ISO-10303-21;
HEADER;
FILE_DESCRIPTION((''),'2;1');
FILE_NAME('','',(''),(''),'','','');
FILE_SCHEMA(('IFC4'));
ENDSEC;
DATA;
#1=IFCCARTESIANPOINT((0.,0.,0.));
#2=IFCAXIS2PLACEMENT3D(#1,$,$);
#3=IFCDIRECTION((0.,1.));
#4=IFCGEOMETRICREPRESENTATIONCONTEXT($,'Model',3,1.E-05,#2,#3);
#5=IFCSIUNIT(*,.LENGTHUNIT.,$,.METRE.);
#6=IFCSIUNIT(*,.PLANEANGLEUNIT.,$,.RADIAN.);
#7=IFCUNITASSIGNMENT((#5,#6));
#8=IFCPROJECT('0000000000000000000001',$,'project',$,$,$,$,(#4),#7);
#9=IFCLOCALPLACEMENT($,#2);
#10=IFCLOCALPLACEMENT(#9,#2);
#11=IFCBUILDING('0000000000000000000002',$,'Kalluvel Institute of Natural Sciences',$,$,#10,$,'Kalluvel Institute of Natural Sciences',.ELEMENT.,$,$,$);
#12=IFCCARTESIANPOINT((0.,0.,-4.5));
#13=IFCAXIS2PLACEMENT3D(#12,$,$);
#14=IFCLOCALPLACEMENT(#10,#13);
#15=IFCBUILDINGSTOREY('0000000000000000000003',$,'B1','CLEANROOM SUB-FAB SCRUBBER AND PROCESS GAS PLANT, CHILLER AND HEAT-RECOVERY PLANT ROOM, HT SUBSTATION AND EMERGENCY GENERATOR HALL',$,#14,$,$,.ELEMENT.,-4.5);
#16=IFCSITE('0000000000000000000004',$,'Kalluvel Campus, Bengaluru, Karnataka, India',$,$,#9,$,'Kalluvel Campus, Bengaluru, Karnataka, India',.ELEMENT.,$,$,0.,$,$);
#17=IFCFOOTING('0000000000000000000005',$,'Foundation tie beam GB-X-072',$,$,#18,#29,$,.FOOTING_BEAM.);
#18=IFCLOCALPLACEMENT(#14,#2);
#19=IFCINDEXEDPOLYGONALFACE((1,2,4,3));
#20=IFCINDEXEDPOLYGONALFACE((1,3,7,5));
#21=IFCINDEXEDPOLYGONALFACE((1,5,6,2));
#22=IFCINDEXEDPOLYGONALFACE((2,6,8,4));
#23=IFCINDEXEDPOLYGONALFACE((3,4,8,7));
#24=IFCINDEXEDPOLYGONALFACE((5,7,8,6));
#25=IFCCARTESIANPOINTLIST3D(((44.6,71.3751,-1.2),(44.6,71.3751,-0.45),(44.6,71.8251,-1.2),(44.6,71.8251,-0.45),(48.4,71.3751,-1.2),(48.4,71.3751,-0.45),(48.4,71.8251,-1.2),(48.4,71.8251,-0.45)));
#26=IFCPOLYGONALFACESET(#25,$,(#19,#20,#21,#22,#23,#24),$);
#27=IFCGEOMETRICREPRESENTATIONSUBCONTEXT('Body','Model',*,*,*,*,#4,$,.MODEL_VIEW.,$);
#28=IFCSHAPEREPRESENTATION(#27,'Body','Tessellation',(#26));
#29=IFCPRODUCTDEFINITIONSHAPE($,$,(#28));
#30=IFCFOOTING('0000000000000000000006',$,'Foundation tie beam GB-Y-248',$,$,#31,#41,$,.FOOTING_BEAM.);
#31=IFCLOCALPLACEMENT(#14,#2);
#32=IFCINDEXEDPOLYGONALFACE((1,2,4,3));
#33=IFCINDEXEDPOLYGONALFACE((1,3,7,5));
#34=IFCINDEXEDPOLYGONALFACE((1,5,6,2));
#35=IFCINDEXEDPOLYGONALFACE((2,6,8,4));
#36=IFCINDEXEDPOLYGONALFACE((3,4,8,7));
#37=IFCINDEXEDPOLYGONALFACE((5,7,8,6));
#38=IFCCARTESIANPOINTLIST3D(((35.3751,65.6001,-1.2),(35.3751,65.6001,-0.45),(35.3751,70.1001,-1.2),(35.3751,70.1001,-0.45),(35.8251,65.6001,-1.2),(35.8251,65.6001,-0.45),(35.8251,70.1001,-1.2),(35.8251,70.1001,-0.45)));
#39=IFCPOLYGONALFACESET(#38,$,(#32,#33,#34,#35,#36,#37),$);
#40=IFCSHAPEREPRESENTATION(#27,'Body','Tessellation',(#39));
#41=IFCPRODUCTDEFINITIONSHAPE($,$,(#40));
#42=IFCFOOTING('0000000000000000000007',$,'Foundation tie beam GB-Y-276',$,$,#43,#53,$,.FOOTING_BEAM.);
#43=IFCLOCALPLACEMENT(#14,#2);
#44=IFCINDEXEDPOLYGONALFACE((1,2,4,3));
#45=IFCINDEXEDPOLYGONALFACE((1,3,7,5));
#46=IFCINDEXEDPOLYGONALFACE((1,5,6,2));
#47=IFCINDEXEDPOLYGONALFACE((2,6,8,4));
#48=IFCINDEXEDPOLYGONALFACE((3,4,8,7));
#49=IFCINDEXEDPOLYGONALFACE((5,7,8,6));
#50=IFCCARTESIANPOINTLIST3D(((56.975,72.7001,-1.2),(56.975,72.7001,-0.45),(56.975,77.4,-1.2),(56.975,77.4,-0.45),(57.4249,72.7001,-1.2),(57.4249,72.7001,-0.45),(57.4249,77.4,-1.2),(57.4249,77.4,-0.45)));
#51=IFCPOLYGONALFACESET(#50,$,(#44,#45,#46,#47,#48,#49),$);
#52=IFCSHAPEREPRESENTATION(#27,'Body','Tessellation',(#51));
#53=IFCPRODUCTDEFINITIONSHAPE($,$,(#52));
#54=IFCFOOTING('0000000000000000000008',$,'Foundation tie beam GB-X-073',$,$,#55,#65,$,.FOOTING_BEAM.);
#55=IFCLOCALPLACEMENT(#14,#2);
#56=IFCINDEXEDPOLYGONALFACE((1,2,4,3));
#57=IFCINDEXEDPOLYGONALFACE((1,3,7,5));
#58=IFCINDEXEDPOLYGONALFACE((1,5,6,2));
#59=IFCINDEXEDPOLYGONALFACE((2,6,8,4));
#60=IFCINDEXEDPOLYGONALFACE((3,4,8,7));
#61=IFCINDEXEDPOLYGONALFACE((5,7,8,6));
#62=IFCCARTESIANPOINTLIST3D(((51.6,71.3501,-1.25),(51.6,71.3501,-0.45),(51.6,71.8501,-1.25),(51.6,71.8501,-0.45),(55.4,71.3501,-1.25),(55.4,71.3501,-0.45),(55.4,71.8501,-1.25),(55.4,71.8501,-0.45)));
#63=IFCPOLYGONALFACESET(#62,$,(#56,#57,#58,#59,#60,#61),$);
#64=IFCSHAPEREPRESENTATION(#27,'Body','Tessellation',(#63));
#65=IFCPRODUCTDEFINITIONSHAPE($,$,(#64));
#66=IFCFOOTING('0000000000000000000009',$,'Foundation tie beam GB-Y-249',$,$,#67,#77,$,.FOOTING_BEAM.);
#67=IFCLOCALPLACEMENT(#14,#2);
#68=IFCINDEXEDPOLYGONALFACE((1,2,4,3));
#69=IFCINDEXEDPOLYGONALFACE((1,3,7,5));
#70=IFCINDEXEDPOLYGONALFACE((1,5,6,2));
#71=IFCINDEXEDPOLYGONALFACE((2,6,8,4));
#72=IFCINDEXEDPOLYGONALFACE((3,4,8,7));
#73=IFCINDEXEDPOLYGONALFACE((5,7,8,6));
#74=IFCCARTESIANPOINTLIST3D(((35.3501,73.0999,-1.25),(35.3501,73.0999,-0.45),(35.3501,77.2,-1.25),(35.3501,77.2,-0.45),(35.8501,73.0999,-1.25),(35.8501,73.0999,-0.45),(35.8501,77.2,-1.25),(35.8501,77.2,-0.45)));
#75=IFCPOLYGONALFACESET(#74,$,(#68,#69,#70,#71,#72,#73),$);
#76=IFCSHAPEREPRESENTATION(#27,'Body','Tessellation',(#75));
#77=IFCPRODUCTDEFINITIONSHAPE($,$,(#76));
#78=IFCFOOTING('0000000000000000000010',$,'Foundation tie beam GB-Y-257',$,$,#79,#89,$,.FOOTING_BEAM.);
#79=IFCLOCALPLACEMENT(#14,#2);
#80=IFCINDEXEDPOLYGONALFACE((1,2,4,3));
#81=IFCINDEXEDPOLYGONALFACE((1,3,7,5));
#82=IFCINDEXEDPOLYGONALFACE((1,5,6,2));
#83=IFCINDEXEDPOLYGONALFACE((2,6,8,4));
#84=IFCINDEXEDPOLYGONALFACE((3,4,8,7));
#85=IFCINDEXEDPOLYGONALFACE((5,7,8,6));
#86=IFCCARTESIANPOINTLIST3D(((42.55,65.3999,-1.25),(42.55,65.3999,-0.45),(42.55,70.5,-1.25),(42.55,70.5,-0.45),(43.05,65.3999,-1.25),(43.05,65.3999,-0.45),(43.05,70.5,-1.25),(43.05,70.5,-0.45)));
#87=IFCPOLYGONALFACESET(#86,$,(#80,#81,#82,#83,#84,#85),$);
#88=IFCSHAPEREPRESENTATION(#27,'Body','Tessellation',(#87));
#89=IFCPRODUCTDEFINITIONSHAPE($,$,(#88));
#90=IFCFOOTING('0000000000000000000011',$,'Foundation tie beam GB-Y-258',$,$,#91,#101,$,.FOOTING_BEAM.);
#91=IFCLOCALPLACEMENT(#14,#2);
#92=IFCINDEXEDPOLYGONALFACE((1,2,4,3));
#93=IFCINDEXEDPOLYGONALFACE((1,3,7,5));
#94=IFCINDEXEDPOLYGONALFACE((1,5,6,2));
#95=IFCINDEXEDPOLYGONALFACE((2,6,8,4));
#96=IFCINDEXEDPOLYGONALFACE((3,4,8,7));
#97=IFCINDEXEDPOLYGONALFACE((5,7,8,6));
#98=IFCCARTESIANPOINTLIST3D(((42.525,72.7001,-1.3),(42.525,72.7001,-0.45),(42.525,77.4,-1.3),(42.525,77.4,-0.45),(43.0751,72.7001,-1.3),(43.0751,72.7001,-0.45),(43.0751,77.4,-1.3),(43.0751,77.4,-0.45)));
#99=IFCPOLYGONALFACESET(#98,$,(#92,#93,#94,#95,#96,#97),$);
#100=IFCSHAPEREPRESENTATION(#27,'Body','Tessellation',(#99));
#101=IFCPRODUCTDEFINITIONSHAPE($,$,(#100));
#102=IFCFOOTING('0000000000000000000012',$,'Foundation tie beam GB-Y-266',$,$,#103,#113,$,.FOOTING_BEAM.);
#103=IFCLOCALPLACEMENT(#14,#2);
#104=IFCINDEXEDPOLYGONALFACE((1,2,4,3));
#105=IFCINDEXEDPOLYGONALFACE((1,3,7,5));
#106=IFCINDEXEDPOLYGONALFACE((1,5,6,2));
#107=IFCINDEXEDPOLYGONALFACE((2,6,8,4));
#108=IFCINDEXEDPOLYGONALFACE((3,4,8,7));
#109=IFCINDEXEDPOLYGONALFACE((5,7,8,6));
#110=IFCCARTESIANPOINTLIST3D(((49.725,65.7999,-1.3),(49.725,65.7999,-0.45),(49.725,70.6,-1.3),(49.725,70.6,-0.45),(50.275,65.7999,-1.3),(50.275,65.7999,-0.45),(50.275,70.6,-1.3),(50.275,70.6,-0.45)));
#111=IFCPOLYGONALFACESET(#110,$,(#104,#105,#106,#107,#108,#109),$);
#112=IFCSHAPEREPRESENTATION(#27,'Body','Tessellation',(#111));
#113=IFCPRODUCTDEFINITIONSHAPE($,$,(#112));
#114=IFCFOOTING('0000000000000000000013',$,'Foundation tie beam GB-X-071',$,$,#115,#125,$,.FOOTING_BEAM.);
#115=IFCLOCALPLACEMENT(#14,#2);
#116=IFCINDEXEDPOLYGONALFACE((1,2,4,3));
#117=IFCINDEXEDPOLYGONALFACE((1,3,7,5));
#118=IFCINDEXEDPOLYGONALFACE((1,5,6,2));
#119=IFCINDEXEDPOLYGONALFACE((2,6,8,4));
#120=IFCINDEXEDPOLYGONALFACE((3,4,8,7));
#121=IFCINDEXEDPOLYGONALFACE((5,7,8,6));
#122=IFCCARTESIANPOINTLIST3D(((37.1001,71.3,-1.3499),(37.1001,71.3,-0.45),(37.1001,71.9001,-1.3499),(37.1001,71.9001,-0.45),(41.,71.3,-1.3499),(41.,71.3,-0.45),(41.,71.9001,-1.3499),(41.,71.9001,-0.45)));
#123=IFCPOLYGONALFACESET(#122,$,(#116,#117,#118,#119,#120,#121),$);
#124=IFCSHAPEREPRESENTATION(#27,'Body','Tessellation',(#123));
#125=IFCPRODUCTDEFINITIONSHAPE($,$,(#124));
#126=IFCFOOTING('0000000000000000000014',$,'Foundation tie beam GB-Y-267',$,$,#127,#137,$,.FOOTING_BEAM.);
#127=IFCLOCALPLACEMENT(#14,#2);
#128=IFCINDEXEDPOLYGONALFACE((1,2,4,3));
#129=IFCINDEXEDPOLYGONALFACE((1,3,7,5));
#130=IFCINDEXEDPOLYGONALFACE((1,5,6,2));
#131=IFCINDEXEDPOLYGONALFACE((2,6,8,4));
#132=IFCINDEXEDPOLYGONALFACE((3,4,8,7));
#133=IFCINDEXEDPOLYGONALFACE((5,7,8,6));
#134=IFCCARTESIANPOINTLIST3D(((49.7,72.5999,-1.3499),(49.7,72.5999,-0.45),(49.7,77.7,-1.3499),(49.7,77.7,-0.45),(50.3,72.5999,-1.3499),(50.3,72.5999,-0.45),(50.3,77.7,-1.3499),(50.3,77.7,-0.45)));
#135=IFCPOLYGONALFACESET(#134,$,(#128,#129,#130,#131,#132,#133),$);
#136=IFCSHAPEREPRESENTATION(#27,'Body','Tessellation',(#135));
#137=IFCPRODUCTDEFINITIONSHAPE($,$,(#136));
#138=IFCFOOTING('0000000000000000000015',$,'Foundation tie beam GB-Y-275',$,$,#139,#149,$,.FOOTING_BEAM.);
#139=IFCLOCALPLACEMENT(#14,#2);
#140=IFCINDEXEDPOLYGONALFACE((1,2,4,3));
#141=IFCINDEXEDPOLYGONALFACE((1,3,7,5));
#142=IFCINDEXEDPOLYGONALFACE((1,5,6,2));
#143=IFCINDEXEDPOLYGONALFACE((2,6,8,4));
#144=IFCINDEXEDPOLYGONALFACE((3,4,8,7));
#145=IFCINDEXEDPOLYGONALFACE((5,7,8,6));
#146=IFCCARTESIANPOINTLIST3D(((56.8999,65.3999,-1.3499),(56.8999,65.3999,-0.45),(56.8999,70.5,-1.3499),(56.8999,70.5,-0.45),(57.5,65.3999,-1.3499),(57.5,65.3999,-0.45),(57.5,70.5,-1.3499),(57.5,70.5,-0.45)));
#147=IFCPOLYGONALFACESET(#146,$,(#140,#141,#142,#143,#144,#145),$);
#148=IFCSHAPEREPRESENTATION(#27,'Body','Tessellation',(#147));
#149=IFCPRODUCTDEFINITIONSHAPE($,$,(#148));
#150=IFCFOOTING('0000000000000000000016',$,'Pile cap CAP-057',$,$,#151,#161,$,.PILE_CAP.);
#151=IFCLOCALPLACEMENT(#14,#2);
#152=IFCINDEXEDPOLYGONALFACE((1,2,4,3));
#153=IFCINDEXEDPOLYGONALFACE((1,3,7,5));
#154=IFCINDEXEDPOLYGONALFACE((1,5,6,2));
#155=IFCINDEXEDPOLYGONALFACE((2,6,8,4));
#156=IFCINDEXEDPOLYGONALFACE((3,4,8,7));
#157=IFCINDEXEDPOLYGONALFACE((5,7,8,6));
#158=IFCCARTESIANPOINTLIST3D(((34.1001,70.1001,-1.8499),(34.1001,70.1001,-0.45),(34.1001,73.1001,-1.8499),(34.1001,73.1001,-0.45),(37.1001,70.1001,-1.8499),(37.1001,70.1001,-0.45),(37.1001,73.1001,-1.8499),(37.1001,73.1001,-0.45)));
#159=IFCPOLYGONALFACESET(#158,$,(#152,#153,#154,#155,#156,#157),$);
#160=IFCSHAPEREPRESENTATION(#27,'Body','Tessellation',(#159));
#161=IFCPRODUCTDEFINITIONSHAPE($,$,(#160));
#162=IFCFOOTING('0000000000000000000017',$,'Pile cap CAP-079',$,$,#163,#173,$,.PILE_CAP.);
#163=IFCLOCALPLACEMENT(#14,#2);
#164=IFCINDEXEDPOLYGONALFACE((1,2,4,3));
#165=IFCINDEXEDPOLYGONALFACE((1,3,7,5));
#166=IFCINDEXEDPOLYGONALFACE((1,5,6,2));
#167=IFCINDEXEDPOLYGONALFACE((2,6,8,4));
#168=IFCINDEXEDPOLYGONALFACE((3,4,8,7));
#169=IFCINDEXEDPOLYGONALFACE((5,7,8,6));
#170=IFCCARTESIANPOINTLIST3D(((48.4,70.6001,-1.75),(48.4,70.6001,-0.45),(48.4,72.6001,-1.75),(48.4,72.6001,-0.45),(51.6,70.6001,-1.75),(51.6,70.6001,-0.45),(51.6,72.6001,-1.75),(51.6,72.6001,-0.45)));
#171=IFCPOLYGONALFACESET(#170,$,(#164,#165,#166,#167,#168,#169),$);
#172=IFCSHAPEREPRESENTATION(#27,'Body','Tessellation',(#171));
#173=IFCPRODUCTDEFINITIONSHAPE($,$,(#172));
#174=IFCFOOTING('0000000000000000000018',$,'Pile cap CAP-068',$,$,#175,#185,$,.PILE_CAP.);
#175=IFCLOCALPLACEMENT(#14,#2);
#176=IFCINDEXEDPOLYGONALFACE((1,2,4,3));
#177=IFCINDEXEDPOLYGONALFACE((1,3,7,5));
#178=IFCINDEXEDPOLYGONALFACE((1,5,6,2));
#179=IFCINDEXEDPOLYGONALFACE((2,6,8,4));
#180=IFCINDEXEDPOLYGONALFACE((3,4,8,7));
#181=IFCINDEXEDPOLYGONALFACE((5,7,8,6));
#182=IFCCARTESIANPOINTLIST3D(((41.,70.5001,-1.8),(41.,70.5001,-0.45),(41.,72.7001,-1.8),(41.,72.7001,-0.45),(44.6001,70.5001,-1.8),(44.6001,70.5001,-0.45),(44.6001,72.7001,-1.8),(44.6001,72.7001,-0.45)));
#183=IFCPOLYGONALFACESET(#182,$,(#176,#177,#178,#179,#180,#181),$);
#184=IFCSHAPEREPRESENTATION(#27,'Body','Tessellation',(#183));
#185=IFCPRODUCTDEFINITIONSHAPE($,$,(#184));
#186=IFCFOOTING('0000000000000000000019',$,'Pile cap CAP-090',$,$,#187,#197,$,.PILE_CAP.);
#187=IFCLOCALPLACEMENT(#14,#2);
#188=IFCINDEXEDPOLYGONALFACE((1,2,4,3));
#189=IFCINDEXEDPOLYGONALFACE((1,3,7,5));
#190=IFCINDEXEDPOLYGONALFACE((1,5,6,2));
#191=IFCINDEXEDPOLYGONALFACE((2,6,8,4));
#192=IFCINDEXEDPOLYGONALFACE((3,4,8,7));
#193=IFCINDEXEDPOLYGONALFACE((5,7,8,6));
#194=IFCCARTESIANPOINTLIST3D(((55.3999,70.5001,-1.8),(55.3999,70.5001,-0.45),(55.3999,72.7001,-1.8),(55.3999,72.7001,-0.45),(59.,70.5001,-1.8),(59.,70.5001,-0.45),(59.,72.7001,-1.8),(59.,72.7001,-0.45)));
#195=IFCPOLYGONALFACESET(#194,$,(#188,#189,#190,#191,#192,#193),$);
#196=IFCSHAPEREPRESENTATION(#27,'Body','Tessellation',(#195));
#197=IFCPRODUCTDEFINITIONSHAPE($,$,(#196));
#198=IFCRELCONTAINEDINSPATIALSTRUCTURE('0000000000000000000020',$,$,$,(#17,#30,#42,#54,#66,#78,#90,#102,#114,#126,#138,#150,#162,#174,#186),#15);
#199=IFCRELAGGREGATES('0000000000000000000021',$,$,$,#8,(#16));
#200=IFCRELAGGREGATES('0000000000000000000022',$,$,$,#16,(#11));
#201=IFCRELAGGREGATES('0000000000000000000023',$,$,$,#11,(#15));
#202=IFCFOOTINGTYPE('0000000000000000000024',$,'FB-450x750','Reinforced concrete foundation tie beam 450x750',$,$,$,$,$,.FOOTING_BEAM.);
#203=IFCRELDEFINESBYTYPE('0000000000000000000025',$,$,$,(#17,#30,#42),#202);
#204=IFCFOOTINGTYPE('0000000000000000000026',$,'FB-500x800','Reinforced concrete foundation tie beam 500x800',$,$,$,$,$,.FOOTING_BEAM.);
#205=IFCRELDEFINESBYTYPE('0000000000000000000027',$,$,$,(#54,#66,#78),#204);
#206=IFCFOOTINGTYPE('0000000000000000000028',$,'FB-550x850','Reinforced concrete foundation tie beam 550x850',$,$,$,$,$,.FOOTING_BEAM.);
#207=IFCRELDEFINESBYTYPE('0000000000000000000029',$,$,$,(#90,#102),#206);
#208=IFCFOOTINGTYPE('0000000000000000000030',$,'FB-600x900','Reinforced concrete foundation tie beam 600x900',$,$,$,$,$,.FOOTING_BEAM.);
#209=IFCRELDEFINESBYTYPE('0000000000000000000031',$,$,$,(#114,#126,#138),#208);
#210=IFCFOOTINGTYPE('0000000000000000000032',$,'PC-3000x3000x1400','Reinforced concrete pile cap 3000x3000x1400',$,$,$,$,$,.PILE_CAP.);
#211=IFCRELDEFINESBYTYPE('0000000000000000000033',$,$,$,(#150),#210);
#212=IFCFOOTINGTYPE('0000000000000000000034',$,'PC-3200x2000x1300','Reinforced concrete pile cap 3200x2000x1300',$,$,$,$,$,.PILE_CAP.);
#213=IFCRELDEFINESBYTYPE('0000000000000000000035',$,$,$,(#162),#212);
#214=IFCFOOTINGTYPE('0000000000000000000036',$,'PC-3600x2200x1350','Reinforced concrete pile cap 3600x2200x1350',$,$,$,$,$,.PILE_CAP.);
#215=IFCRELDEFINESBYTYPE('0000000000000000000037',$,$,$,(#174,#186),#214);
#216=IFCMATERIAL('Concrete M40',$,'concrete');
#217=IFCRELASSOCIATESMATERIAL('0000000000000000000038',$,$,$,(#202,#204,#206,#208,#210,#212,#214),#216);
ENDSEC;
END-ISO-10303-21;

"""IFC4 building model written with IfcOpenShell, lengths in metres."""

from ifc_helpers import new_model, si_unit, direction, frame, origin, origin_2d, place, context, subcontext, project, spatial, rectangle, extrude, material, type_object, element, save


model = new_model("IFC4")

# Units and contexts
model_context = context("Model", 3, precision=1e-05, world=origin(), true_north=direction((0.0, 1.0)))
body_context = subcontext(model_context, "Body", "Model", "MODEL_VIEW")
ifc_project = project(units=[si_unit("LENGTHUNIT", "METRE"), si_unit("PLANEANGLEUNIT", "RADIAN")], contexts=[model_context])

# Site, building, storey
site_placement = place(None, origin())
site = spatial("IfcSite", under=ifc_project, at=site_placement, Name="Kalluvel Campus, Bengaluru, Karnataka, India", LongName="Kalluvel Campus, Bengaluru, Karnataka, India", CompositionType="ELEMENT", RefElevation=0.0)
building_placement = place(site_placement, origin())
building = spatial("IfcBuilding", under=site, at=building_placement, Name="Kalluvel Institute of Natural Sciences", LongName="Kalluvel Institute of Natural Sciences", CompositionType="ELEMENT")
storey_placement = place(building_placement, frame((0.0, 0.0, -4.5)))
storey = spatial("IfcBuildingStorey", under=building, at=storey_placement, Name="B1", Description="CLEANROOM SUB-FAB SCRUBBER AND PROCESS GAS PLANT, CHILLER AND HEAT-RECOVERY PLANT ROOM, HT SUBSTATION AND EMERGENCY GENERATOR HALL", CompositionType="ELEMENT", Elevation=-4.5)

# Footings
ifc_material_1 = material(Name="Concrete M40", Category="concrete")
footing_type_1 = type_object("IfcFootingType", Name="FB-450x750", Description="Reinforced concrete foundation tie beam 450x750", PredefinedType="FOOTING_BEAM", material=ifc_material_1)
footing_1_placement = place(storey_placement, frame((46.5, 71.6001, -1.2), z_axis=(0.0, 0.0, 1.0), x_axis=(1.0, 0.0, 0.0)))
element("IfcFooting", 1, at=footing_1_placement, inside=storey, type_object=footing_type_1, Name="Foundation tie beam GB-X-072", PredefinedType="FOOTING_BEAM", context=body_context, shape_type="SweptSolid", body=[
    extrude(rectangle(XDim=3.8, YDim=0.45, at=origin_2d()), origin(), (0.0, 0.0, 1.0), 0.75),
])
footing_2_placement = place(storey_placement, frame((35.6001, 67.8501, -1.2), z_axis=(0.0, 0.0, 1.0), x_axis=(1.0, 0.0, 0.0)))
element("IfcFooting", 2, at=footing_2_placement, inside=storey, type_object=footing_type_1, Name="Foundation tie beam GB-Y-248", PredefinedType="FOOTING_BEAM", context=body_context, shape_type="SweptSolid", body=[
    extrude(rectangle(XDim=0.45, YDim=4.5, at=origin_2d()), origin(), (0.0, 0.0, 1.0), 0.75),
])
footing_3_placement = place(storey_placement, frame((57.2, 75.05, -1.2), z_axis=(0.0, 0.0, 1.0), x_axis=(1.0, 0.0, 0.0)))
element("IfcFooting", 3, at=footing_3_placement, inside=storey, type_object=footing_type_1, Name="Foundation tie beam GB-Y-276", PredefinedType="FOOTING_BEAM", context=body_context, shape_type="SweptSolid", body=[
    extrude(rectangle(XDim=0.45, YDim=4.7, at=origin_2d()), origin(), (0.0, 0.0, 1.0), 0.75),
])
footing_type_2 = type_object("IfcFootingType", Name="FB-500x800", Description="Reinforced concrete foundation tie beam 500x800", PredefinedType="FOOTING_BEAM", material=ifc_material_1)
footing_4_placement = place(storey_placement, frame((53.5, 71.6001, -1.25), z_axis=(0.0, 0.0, 1.0), x_axis=(1.0, 0.0, 0.0)))
element("IfcFooting", 4, at=footing_4_placement, inside=storey, type_object=footing_type_2, Name="Foundation tie beam GB-X-073", PredefinedType="FOOTING_BEAM", context=body_context, shape_type="SweptSolid", body=[
    extrude(rectangle(XDim=3.8, YDim=0.5, at=origin_2d()), origin(), (0.0, 0.0, 1.0), 0.8),
])
footing_5_placement = place(storey_placement, frame((35.6001, 75.1499, -1.25), z_axis=(0.0, 0.0, 1.0), x_axis=(1.0, 0.0, 0.0)))
element("IfcFooting", 5, at=footing_5_placement, inside=storey, type_object=footing_type_2, Name="Foundation tie beam GB-Y-249", PredefinedType="FOOTING_BEAM", context=body_context, shape_type="SweptSolid", body=[
    extrude(rectangle(XDim=0.5, YDim=4.1001, at=origin_2d()), origin(), (0.0, 0.0, 1.0), 0.8),
])
footing_6_placement = place(storey_placement, frame((42.8, 67.95, -1.25), z_axis=(0.0, 0.0, 1.0), x_axis=(1.0, 0.0, 0.0)))
element("IfcFooting", 6, at=footing_6_placement, inside=storey, type_object=footing_type_2, Name="Foundation tie beam GB-Y-257", PredefinedType="FOOTING_BEAM", context=body_context, shape_type="SweptSolid", body=[
    extrude(rectangle(XDim=0.5, YDim=5.1001, at=origin_2d()), origin(), (0.0, 0.0, 1.0), 0.8),
])
footing_type_3 = type_object("IfcFootingType", Name="FB-550x850", Description="Reinforced concrete foundation tie beam 550x850", PredefinedType="FOOTING_BEAM", material=ifc_material_1)
footing_7_placement = place(storey_placement, frame((42.8, 75.05, -1.3), z_axis=(0.0, 0.0, 1.0), x_axis=(1.0, 0.0, 0.0)))
element("IfcFooting", 7, at=footing_7_placement, inside=storey, type_object=footing_type_3, Name="Foundation tie beam GB-Y-258", PredefinedType="FOOTING_BEAM", context=body_context, shape_type="SweptSolid", body=[
    extrude(rectangle(XDim=0.55, YDim=4.7, at=origin_2d()), origin(), (0.0, 0.0, 1.0), 0.8501),
])
footing_8_placement = place(storey_placement, frame((50.0, 68.2, -1.3), z_axis=(0.0, 0.0, 1.0), x_axis=(1.0, 0.0, 0.0)))
element("IfcFooting", 8, at=footing_8_placement, inside=storey, type_object=footing_type_3, Name="Foundation tie beam GB-Y-266", PredefinedType="FOOTING_BEAM", context=body_context, shape_type="SweptSolid", body=[
    extrude(rectangle(XDim=0.55, YDim=4.8, at=origin_2d()), origin(), (0.0, 0.0, 1.0), 0.8501),
])
footing_type_4 = type_object("IfcFootingType", Name="FB-600x900", Description="Reinforced concrete foundation tie beam 600x900", PredefinedType="FOOTING_BEAM", material=ifc_material_1)
footing_9_placement = place(storey_placement, frame((39.05, 71.6001, -1.3499), z_axis=(0.0, 0.0, 1.0), x_axis=(1.0, 0.0, 0.0)))
element("IfcFooting", 9, at=footing_9_placement, inside=storey, type_object=footing_type_4, Name="Foundation tie beam GB-X-071", PredefinedType="FOOTING_BEAM", context=body_context, shape_type="SweptSolid", body=[
    extrude(rectangle(XDim=3.8999, YDim=0.6001, at=origin_2d()), origin(), (0.0, 0.0, 1.0), 0.8999),
])
for number, where, z_axis, x_axis, name in (
    (10, (50.0, 75.1499, -1.3499), (0.0, 0.0, 1.0), (1.0, 0.0, 0.0), "Foundation tie beam GB-Y-267"),
    (11, (57.2, 67.95, -1.3499), (0.0, 0.0, 1.0), (1.0, 0.0, 0.0), "Foundation tie beam GB-Y-275"),
):
    element("IfcFooting", number, at=place(storey_placement, frame(where, z_axis=z_axis, x_axis=x_axis)), inside=storey, type_object=footing_type_4, Name=name, PredefinedType="FOOTING_BEAM", context=body_context, shape_type="SweptSolid", body=[
        extrude(rectangle(XDim=0.6001, YDim=5.1001, at=origin_2d()), origin(), (0.0, 0.0, 1.0), 0.8999),
    ])
footing_type_5 = type_object("IfcFootingType", Name="PC-3000x3000x1400", Description="Reinforced concrete pile cap 3000x3000x1400", PredefinedType="PILE_CAP", material=ifc_material_1)
footing_10_placement = place(storey_placement, frame((35.6001, 71.6001, -1.8499), z_axis=(0.0, 0.0, 1.0), x_axis=(1.0, 0.0, 0.0)))
element("IfcFooting", 12, at=footing_10_placement, inside=storey, type_object=footing_type_5, Name="Pile cap CAP-057", PredefinedType="PILE_CAP", context=body_context, shape_type="SweptSolid", body=[
    extrude(rectangle(XDim=3.0, YDim=3.0, at=origin_2d()), origin(), (0.0, 0.0, 1.0), 1.3999),
])
footing_type_6 = type_object("IfcFootingType", Name="PC-3200x2000x1300", Description="Reinforced concrete pile cap 3200x2000x1300", PredefinedType="PILE_CAP", material=ifc_material_1)
footing_11_placement = place(storey_placement, frame((50.0, 71.6001, -1.75), z_axis=(0.0, 0.0, 1.0), x_axis=(1.0, 0.0, 0.0)))
element("IfcFooting", 13, at=footing_11_placement, inside=storey, type_object=footing_type_6, Name="Pile cap CAP-079", PredefinedType="PILE_CAP", context=body_context, shape_type="SweptSolid", body=[
    extrude(rectangle(XDim=3.2, YDim=2.0, at=origin_2d()), origin(), (0.0, 0.0, 1.0), 1.3),
])
footing_type_7 = type_object("IfcFootingType", Name="PC-3600x2200x1350", Description="Reinforced concrete pile cap 3600x2200x1350", PredefinedType="PILE_CAP", material=ifc_material_1)
for number, where, z_axis, x_axis, name in (
    (14, (42.8, 71.6001, -1.8), (0.0, 0.0, 1.0), (1.0, 0.0, 0.0), "Pile cap CAP-068"),
    (15, (57.2, 71.6001, -1.8), (0.0, 0.0, 1.0), (1.0, 0.0, 0.0), "Pile cap CAP-090"),
):
    element("IfcFooting", number, at=place(storey_placement, frame(where, z_axis=z_axis, x_axis=x_axis)), inside=storey, type_object=footing_type_7, Name=name, PredefinedType="PILE_CAP", context=body_context, shape_type="SweptSolid", body=[
        extrude(rectangle(XDim=3.6001, YDim=2.2, at=origin_2d()), origin(), (0.0, 0.0, 1.0), 1.3501),
    ])

save(model, "model.ifc")
